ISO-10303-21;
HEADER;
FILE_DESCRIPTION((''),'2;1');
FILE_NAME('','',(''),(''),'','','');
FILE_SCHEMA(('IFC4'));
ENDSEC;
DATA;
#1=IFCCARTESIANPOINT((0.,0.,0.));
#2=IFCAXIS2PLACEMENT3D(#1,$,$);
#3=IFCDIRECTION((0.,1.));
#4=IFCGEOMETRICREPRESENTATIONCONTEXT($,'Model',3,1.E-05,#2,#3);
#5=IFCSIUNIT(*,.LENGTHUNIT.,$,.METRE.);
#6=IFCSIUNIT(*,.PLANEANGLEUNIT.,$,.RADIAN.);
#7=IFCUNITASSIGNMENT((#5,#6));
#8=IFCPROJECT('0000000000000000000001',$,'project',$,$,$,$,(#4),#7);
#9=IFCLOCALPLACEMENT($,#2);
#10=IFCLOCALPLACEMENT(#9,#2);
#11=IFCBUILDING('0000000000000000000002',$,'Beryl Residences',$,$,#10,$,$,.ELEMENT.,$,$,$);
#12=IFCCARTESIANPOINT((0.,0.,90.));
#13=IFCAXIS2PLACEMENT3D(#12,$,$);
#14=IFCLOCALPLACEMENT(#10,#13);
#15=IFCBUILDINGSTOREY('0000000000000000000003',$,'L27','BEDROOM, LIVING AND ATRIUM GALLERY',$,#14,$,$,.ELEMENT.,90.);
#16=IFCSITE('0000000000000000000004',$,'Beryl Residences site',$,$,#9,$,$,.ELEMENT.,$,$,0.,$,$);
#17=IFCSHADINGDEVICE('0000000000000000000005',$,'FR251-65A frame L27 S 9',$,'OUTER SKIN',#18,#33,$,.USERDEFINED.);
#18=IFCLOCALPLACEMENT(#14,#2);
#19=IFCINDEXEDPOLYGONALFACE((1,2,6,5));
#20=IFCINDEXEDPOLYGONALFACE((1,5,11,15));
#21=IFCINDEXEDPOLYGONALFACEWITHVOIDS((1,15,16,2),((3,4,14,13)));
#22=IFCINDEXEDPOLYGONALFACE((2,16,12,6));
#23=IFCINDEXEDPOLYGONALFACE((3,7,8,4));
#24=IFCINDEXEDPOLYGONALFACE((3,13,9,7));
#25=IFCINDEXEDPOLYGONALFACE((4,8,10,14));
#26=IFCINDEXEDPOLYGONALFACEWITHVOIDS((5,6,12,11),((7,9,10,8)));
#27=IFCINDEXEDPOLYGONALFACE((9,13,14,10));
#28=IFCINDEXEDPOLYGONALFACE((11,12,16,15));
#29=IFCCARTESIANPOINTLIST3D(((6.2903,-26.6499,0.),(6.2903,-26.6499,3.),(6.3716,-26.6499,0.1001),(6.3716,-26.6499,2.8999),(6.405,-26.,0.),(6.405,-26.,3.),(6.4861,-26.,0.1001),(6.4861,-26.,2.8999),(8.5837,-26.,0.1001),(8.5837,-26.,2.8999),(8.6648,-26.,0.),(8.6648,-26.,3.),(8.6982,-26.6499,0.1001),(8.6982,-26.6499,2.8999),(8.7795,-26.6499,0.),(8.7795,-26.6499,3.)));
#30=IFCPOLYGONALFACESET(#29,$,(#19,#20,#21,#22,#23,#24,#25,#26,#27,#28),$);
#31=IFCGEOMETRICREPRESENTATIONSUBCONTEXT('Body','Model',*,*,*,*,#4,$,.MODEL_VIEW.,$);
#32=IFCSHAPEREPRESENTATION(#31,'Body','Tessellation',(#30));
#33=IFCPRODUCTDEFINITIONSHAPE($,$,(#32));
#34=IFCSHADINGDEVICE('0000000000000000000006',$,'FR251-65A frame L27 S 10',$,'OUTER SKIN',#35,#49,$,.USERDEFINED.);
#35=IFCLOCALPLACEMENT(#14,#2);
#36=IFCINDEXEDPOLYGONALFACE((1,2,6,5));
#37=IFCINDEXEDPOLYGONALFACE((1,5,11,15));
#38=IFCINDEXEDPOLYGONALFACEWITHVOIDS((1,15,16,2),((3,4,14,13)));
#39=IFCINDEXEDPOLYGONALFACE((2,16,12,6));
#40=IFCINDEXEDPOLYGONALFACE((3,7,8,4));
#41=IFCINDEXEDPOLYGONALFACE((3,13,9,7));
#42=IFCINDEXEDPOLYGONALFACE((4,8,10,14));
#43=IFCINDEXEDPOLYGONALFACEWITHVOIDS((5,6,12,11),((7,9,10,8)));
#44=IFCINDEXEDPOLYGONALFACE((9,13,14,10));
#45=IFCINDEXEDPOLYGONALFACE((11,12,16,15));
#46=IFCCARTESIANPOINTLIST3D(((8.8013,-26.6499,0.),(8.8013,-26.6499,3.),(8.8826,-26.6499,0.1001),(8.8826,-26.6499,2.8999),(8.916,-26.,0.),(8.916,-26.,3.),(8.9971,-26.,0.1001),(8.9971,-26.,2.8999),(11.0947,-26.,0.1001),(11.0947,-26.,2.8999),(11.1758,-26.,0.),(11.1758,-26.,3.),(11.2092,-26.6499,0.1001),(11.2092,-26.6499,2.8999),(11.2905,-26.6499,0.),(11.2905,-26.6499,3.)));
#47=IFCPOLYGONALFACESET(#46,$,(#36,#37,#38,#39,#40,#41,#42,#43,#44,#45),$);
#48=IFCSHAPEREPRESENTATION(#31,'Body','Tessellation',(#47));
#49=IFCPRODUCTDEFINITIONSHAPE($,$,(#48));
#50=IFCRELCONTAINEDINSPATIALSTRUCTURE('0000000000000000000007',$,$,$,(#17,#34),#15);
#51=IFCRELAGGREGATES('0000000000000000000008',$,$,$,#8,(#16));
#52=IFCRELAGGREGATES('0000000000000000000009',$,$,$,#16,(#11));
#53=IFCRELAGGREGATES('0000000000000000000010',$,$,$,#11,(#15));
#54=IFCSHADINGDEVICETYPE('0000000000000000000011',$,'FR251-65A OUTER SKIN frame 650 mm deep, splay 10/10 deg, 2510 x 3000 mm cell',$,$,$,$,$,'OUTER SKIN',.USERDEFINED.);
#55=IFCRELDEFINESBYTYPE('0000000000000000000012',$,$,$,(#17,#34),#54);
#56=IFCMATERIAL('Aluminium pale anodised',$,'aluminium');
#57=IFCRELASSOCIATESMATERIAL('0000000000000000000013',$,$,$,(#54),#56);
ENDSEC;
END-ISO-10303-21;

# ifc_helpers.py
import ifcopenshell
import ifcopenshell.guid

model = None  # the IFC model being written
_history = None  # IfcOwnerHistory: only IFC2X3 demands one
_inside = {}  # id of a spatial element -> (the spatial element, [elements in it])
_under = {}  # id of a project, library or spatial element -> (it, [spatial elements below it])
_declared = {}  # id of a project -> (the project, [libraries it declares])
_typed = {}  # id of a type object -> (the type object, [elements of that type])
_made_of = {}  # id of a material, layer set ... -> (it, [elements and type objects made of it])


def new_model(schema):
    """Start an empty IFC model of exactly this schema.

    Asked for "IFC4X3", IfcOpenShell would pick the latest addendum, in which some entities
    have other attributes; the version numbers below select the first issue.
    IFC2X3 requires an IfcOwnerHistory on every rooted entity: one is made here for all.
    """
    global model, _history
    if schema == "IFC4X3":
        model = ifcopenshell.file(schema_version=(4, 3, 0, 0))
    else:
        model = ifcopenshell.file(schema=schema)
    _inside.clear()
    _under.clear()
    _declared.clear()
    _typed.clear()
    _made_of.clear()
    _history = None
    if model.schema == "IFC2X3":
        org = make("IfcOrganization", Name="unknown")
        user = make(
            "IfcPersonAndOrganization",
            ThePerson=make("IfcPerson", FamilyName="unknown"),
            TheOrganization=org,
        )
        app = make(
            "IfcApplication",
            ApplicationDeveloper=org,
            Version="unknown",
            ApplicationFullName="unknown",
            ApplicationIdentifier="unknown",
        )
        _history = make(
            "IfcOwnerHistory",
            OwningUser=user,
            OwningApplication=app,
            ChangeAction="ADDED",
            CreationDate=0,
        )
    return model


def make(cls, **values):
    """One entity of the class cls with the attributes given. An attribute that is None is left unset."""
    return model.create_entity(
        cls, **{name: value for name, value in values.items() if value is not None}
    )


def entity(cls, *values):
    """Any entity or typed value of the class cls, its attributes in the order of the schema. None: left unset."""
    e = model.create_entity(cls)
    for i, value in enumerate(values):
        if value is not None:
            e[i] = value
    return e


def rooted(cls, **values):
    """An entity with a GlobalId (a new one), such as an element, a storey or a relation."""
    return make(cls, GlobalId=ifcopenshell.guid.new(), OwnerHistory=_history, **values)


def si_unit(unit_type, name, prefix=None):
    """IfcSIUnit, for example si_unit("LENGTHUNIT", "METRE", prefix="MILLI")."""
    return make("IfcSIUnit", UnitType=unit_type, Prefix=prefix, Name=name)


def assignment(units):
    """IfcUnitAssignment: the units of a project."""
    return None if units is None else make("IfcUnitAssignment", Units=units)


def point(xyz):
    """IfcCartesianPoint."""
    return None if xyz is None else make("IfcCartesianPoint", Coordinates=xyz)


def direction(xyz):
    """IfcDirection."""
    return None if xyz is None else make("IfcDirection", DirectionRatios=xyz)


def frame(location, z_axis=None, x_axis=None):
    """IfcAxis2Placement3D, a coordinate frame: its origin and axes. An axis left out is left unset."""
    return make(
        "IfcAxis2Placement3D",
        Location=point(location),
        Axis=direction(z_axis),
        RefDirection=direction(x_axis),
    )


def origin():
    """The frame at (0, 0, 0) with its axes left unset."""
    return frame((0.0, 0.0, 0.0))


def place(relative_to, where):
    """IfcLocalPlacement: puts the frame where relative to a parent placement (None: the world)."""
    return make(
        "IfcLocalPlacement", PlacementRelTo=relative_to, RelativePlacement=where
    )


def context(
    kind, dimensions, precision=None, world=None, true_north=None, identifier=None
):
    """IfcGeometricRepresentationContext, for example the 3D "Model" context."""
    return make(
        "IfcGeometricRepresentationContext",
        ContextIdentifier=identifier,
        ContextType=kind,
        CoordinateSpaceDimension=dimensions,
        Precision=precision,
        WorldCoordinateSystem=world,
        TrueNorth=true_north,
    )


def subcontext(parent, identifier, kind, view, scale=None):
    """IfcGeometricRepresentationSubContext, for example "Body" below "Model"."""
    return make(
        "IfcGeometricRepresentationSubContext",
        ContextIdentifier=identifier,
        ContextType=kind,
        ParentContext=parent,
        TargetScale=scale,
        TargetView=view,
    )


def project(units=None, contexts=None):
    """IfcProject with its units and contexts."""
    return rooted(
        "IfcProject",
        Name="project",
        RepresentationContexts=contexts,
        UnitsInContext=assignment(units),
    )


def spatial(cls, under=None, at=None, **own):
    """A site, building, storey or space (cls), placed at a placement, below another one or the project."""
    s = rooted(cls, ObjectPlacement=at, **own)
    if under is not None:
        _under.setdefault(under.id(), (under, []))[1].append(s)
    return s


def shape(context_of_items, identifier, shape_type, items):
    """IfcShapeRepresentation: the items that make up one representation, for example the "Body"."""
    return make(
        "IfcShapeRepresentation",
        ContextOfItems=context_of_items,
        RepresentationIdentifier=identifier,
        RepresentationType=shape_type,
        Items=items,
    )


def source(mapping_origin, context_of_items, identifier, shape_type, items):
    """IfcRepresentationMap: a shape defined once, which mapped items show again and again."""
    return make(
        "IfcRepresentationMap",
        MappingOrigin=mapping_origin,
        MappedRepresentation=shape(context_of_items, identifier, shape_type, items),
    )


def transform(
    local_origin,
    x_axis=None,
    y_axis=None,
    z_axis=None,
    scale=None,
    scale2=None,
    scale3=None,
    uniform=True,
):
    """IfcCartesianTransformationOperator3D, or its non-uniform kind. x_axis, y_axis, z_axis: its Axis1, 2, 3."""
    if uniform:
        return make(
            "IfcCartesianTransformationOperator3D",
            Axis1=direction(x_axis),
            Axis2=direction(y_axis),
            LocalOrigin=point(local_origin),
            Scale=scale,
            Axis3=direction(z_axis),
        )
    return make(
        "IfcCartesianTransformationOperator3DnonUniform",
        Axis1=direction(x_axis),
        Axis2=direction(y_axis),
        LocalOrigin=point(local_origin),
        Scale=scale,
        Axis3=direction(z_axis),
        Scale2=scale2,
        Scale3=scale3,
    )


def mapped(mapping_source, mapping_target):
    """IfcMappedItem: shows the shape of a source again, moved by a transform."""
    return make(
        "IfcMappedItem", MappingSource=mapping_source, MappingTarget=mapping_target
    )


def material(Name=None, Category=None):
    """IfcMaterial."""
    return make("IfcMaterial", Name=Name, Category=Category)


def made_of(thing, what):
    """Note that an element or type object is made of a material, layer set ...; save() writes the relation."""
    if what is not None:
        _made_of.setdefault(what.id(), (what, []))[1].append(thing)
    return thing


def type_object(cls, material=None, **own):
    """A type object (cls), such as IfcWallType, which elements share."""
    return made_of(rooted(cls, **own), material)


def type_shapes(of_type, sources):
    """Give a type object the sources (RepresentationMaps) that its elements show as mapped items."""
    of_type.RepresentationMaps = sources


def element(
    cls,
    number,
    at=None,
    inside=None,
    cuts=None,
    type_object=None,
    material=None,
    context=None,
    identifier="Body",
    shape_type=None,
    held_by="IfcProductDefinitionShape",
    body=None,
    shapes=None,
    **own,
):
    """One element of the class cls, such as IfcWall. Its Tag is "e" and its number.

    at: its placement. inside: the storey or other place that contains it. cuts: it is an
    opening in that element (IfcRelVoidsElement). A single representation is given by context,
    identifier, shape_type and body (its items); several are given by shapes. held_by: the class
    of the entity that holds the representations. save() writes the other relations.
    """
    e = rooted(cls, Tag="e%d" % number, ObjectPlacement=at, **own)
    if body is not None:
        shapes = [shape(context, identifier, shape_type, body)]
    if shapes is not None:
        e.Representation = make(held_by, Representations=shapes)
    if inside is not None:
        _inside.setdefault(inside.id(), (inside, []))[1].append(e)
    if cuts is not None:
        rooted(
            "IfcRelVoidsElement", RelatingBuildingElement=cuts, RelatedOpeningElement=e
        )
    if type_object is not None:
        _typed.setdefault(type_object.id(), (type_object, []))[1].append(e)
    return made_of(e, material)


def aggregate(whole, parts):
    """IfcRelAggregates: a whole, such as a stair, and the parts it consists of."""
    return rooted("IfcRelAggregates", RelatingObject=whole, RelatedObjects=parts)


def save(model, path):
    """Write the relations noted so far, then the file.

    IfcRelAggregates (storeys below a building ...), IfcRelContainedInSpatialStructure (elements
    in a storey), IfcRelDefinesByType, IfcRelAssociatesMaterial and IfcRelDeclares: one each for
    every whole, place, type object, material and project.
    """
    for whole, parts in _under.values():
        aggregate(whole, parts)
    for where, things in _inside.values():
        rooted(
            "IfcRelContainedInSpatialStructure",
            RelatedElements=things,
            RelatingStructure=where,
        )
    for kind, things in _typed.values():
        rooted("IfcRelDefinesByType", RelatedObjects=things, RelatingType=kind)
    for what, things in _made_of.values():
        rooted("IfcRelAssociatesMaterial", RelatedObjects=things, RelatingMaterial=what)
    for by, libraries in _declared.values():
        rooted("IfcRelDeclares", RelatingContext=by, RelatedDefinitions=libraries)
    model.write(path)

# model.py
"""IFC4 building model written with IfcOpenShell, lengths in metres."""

from ifc_helpers import new_model, entity, si_unit, direction, frame, origin, place, context, subcontext, project, spatial, source, transform, mapped, material, type_object, type_shapes, element, save


model = new_model("IFC4")

# Units and contexts
model_context = context("Model", 3, precision=1e-05, world=origin(), true_north=direction((0.0, 1.0)))
body_context = subcontext(model_context, "Body", "Model", "MODEL_VIEW")
ifc_project = project(units=[si_unit("LENGTHUNIT", "METRE"), si_unit("PLANEANGLEUNIT", "RADIAN")], contexts=[model_context])

# Site, building, storey
site_placement = place(None, origin())
site = spatial("IfcSite", under=ifc_project, at=site_placement, Name="Beryl Residences site", CompositionType="ELEMENT", RefElevation=0.0)
building_placement = place(site_placement, origin())
building = spatial("IfcBuilding", under=site, at=building_placement, Name="Beryl Residences", CompositionType="ELEMENT")
storey_placement = place(building_placement, frame((0.0, 0.0, 90.0)))
storey = spatial("IfcBuildingStorey", under=building, at=storey_placement, Name="L27", Description="BEDROOM, LIVING AND ATRIUM GALLERY", CompositionType="ELEMENT", Elevation=90.0)

# Shading devices
ifc_material_1 = material(Name="Aluminium pale anodised", Category="aluminium")
shading_device_type_1 = type_object("IfcShadingDeviceType", Name="FR251-65A OUTER SKIN frame 650 mm deep, splay 10/10 deg, 2510 x 3000 mm cell", ElementType="OUTER SKIN", PredefinedType="USERDEFINED", material=ifc_material_1)
cartesian_point_1 = entity("IfcCartesianPoint", [-1.1299, 0.0])
cartesian_point_2 = entity("IfcCartesianPoint", [-1.0488, 0.1001])
cartesian_point_3 = entity("IfcCartesianPoint", [-1.2446, 0.0])
cartesian_point_4 = entity("IfcCartesianPoint", [-1.1633, 0.1001])
shared_shape_1 = source(origin(), body_context, "Body", "SweptSolid", [
    entity("IfcExtrudedAreaSolidTapered", entity("IfcArbitraryProfileDefWithVoids", "AREA", None, entity("IfcPolyline", [cartesian_point_1, entity("IfcCartesianPoint", [1.1299, 0.0]), entity("IfcCartesianPoint", [1.1299, 3.0]), entity("IfcCartesianPoint", [-1.1299, 3.0]), cartesian_point_1]), [entity("IfcPolyline", [cartesian_point_2, entity("IfcCartesianPoint", [1.0488, 0.1001]), entity("IfcCartesianPoint", [1.0488, 2.8999]), entity("IfcCartesianPoint", [-1.0488, 2.8999]), cartesian_point_2])]), entity("IfcAxis2Placement3D", entity("IfcCartesianPoint", [0.0, 0.0, 0.0]), entity("IfcDirection", [0.0, 1.0, 0.0]), entity("IfcDirection", [-1.0, 0.0, 0.0])), entity("IfcDirection", [0.0, 0.0, 1.0]), 0.6499, entity("IfcArbitraryProfileDefWithVoids", "AREA", None, entity("IfcPolyline", [cartesian_point_3, entity("IfcCartesianPoint", [1.2446, 0.0]), entity("IfcCartesianPoint", [1.2446, 3.0]), entity("IfcCartesianPoint", [-1.2446, 3.0]), cartesian_point_3]), [entity("IfcPolyline", [cartesian_point_4, entity("IfcCartesianPoint", [1.1633, 0.1001]), entity("IfcCartesianPoint", [1.1633, 2.8999]), entity("IfcCartesianPoint", [-1.1633, 2.8999]), cartesian_point_4])])),
])
type_shapes(shading_device_type_1, [shared_shape_1])
for number, where, z_axis, x_axis, name in (
    (1, (7.5349, -26.0, 0.0), (0.0, 0.0, 1.0), (-1.0, 0.0, 0.0), "FR251-65A frame L27 S 9"),
    (2, (10.0459, -26.0, 0.0), (0.0, 0.0, 1.0), (-1.0, 0.0, 0.0), "FR251-65A frame L27 S 10"),
):
    element("IfcShadingDevice", number, at=place(storey_placement, frame(where, z_axis=z_axis, x_axis=x_axis)), inside=storey, type_object=shading_device_type_1, Name=name, ObjectType="OUTER SKIN", PredefinedType="USERDEFINED", context=body_context, shape_type="MappedRepresentation", body=[
        mapped(shared_shape_1, transform((0.0, 0.0, 0.0))),
    ])

save(model, "model.ifc")
